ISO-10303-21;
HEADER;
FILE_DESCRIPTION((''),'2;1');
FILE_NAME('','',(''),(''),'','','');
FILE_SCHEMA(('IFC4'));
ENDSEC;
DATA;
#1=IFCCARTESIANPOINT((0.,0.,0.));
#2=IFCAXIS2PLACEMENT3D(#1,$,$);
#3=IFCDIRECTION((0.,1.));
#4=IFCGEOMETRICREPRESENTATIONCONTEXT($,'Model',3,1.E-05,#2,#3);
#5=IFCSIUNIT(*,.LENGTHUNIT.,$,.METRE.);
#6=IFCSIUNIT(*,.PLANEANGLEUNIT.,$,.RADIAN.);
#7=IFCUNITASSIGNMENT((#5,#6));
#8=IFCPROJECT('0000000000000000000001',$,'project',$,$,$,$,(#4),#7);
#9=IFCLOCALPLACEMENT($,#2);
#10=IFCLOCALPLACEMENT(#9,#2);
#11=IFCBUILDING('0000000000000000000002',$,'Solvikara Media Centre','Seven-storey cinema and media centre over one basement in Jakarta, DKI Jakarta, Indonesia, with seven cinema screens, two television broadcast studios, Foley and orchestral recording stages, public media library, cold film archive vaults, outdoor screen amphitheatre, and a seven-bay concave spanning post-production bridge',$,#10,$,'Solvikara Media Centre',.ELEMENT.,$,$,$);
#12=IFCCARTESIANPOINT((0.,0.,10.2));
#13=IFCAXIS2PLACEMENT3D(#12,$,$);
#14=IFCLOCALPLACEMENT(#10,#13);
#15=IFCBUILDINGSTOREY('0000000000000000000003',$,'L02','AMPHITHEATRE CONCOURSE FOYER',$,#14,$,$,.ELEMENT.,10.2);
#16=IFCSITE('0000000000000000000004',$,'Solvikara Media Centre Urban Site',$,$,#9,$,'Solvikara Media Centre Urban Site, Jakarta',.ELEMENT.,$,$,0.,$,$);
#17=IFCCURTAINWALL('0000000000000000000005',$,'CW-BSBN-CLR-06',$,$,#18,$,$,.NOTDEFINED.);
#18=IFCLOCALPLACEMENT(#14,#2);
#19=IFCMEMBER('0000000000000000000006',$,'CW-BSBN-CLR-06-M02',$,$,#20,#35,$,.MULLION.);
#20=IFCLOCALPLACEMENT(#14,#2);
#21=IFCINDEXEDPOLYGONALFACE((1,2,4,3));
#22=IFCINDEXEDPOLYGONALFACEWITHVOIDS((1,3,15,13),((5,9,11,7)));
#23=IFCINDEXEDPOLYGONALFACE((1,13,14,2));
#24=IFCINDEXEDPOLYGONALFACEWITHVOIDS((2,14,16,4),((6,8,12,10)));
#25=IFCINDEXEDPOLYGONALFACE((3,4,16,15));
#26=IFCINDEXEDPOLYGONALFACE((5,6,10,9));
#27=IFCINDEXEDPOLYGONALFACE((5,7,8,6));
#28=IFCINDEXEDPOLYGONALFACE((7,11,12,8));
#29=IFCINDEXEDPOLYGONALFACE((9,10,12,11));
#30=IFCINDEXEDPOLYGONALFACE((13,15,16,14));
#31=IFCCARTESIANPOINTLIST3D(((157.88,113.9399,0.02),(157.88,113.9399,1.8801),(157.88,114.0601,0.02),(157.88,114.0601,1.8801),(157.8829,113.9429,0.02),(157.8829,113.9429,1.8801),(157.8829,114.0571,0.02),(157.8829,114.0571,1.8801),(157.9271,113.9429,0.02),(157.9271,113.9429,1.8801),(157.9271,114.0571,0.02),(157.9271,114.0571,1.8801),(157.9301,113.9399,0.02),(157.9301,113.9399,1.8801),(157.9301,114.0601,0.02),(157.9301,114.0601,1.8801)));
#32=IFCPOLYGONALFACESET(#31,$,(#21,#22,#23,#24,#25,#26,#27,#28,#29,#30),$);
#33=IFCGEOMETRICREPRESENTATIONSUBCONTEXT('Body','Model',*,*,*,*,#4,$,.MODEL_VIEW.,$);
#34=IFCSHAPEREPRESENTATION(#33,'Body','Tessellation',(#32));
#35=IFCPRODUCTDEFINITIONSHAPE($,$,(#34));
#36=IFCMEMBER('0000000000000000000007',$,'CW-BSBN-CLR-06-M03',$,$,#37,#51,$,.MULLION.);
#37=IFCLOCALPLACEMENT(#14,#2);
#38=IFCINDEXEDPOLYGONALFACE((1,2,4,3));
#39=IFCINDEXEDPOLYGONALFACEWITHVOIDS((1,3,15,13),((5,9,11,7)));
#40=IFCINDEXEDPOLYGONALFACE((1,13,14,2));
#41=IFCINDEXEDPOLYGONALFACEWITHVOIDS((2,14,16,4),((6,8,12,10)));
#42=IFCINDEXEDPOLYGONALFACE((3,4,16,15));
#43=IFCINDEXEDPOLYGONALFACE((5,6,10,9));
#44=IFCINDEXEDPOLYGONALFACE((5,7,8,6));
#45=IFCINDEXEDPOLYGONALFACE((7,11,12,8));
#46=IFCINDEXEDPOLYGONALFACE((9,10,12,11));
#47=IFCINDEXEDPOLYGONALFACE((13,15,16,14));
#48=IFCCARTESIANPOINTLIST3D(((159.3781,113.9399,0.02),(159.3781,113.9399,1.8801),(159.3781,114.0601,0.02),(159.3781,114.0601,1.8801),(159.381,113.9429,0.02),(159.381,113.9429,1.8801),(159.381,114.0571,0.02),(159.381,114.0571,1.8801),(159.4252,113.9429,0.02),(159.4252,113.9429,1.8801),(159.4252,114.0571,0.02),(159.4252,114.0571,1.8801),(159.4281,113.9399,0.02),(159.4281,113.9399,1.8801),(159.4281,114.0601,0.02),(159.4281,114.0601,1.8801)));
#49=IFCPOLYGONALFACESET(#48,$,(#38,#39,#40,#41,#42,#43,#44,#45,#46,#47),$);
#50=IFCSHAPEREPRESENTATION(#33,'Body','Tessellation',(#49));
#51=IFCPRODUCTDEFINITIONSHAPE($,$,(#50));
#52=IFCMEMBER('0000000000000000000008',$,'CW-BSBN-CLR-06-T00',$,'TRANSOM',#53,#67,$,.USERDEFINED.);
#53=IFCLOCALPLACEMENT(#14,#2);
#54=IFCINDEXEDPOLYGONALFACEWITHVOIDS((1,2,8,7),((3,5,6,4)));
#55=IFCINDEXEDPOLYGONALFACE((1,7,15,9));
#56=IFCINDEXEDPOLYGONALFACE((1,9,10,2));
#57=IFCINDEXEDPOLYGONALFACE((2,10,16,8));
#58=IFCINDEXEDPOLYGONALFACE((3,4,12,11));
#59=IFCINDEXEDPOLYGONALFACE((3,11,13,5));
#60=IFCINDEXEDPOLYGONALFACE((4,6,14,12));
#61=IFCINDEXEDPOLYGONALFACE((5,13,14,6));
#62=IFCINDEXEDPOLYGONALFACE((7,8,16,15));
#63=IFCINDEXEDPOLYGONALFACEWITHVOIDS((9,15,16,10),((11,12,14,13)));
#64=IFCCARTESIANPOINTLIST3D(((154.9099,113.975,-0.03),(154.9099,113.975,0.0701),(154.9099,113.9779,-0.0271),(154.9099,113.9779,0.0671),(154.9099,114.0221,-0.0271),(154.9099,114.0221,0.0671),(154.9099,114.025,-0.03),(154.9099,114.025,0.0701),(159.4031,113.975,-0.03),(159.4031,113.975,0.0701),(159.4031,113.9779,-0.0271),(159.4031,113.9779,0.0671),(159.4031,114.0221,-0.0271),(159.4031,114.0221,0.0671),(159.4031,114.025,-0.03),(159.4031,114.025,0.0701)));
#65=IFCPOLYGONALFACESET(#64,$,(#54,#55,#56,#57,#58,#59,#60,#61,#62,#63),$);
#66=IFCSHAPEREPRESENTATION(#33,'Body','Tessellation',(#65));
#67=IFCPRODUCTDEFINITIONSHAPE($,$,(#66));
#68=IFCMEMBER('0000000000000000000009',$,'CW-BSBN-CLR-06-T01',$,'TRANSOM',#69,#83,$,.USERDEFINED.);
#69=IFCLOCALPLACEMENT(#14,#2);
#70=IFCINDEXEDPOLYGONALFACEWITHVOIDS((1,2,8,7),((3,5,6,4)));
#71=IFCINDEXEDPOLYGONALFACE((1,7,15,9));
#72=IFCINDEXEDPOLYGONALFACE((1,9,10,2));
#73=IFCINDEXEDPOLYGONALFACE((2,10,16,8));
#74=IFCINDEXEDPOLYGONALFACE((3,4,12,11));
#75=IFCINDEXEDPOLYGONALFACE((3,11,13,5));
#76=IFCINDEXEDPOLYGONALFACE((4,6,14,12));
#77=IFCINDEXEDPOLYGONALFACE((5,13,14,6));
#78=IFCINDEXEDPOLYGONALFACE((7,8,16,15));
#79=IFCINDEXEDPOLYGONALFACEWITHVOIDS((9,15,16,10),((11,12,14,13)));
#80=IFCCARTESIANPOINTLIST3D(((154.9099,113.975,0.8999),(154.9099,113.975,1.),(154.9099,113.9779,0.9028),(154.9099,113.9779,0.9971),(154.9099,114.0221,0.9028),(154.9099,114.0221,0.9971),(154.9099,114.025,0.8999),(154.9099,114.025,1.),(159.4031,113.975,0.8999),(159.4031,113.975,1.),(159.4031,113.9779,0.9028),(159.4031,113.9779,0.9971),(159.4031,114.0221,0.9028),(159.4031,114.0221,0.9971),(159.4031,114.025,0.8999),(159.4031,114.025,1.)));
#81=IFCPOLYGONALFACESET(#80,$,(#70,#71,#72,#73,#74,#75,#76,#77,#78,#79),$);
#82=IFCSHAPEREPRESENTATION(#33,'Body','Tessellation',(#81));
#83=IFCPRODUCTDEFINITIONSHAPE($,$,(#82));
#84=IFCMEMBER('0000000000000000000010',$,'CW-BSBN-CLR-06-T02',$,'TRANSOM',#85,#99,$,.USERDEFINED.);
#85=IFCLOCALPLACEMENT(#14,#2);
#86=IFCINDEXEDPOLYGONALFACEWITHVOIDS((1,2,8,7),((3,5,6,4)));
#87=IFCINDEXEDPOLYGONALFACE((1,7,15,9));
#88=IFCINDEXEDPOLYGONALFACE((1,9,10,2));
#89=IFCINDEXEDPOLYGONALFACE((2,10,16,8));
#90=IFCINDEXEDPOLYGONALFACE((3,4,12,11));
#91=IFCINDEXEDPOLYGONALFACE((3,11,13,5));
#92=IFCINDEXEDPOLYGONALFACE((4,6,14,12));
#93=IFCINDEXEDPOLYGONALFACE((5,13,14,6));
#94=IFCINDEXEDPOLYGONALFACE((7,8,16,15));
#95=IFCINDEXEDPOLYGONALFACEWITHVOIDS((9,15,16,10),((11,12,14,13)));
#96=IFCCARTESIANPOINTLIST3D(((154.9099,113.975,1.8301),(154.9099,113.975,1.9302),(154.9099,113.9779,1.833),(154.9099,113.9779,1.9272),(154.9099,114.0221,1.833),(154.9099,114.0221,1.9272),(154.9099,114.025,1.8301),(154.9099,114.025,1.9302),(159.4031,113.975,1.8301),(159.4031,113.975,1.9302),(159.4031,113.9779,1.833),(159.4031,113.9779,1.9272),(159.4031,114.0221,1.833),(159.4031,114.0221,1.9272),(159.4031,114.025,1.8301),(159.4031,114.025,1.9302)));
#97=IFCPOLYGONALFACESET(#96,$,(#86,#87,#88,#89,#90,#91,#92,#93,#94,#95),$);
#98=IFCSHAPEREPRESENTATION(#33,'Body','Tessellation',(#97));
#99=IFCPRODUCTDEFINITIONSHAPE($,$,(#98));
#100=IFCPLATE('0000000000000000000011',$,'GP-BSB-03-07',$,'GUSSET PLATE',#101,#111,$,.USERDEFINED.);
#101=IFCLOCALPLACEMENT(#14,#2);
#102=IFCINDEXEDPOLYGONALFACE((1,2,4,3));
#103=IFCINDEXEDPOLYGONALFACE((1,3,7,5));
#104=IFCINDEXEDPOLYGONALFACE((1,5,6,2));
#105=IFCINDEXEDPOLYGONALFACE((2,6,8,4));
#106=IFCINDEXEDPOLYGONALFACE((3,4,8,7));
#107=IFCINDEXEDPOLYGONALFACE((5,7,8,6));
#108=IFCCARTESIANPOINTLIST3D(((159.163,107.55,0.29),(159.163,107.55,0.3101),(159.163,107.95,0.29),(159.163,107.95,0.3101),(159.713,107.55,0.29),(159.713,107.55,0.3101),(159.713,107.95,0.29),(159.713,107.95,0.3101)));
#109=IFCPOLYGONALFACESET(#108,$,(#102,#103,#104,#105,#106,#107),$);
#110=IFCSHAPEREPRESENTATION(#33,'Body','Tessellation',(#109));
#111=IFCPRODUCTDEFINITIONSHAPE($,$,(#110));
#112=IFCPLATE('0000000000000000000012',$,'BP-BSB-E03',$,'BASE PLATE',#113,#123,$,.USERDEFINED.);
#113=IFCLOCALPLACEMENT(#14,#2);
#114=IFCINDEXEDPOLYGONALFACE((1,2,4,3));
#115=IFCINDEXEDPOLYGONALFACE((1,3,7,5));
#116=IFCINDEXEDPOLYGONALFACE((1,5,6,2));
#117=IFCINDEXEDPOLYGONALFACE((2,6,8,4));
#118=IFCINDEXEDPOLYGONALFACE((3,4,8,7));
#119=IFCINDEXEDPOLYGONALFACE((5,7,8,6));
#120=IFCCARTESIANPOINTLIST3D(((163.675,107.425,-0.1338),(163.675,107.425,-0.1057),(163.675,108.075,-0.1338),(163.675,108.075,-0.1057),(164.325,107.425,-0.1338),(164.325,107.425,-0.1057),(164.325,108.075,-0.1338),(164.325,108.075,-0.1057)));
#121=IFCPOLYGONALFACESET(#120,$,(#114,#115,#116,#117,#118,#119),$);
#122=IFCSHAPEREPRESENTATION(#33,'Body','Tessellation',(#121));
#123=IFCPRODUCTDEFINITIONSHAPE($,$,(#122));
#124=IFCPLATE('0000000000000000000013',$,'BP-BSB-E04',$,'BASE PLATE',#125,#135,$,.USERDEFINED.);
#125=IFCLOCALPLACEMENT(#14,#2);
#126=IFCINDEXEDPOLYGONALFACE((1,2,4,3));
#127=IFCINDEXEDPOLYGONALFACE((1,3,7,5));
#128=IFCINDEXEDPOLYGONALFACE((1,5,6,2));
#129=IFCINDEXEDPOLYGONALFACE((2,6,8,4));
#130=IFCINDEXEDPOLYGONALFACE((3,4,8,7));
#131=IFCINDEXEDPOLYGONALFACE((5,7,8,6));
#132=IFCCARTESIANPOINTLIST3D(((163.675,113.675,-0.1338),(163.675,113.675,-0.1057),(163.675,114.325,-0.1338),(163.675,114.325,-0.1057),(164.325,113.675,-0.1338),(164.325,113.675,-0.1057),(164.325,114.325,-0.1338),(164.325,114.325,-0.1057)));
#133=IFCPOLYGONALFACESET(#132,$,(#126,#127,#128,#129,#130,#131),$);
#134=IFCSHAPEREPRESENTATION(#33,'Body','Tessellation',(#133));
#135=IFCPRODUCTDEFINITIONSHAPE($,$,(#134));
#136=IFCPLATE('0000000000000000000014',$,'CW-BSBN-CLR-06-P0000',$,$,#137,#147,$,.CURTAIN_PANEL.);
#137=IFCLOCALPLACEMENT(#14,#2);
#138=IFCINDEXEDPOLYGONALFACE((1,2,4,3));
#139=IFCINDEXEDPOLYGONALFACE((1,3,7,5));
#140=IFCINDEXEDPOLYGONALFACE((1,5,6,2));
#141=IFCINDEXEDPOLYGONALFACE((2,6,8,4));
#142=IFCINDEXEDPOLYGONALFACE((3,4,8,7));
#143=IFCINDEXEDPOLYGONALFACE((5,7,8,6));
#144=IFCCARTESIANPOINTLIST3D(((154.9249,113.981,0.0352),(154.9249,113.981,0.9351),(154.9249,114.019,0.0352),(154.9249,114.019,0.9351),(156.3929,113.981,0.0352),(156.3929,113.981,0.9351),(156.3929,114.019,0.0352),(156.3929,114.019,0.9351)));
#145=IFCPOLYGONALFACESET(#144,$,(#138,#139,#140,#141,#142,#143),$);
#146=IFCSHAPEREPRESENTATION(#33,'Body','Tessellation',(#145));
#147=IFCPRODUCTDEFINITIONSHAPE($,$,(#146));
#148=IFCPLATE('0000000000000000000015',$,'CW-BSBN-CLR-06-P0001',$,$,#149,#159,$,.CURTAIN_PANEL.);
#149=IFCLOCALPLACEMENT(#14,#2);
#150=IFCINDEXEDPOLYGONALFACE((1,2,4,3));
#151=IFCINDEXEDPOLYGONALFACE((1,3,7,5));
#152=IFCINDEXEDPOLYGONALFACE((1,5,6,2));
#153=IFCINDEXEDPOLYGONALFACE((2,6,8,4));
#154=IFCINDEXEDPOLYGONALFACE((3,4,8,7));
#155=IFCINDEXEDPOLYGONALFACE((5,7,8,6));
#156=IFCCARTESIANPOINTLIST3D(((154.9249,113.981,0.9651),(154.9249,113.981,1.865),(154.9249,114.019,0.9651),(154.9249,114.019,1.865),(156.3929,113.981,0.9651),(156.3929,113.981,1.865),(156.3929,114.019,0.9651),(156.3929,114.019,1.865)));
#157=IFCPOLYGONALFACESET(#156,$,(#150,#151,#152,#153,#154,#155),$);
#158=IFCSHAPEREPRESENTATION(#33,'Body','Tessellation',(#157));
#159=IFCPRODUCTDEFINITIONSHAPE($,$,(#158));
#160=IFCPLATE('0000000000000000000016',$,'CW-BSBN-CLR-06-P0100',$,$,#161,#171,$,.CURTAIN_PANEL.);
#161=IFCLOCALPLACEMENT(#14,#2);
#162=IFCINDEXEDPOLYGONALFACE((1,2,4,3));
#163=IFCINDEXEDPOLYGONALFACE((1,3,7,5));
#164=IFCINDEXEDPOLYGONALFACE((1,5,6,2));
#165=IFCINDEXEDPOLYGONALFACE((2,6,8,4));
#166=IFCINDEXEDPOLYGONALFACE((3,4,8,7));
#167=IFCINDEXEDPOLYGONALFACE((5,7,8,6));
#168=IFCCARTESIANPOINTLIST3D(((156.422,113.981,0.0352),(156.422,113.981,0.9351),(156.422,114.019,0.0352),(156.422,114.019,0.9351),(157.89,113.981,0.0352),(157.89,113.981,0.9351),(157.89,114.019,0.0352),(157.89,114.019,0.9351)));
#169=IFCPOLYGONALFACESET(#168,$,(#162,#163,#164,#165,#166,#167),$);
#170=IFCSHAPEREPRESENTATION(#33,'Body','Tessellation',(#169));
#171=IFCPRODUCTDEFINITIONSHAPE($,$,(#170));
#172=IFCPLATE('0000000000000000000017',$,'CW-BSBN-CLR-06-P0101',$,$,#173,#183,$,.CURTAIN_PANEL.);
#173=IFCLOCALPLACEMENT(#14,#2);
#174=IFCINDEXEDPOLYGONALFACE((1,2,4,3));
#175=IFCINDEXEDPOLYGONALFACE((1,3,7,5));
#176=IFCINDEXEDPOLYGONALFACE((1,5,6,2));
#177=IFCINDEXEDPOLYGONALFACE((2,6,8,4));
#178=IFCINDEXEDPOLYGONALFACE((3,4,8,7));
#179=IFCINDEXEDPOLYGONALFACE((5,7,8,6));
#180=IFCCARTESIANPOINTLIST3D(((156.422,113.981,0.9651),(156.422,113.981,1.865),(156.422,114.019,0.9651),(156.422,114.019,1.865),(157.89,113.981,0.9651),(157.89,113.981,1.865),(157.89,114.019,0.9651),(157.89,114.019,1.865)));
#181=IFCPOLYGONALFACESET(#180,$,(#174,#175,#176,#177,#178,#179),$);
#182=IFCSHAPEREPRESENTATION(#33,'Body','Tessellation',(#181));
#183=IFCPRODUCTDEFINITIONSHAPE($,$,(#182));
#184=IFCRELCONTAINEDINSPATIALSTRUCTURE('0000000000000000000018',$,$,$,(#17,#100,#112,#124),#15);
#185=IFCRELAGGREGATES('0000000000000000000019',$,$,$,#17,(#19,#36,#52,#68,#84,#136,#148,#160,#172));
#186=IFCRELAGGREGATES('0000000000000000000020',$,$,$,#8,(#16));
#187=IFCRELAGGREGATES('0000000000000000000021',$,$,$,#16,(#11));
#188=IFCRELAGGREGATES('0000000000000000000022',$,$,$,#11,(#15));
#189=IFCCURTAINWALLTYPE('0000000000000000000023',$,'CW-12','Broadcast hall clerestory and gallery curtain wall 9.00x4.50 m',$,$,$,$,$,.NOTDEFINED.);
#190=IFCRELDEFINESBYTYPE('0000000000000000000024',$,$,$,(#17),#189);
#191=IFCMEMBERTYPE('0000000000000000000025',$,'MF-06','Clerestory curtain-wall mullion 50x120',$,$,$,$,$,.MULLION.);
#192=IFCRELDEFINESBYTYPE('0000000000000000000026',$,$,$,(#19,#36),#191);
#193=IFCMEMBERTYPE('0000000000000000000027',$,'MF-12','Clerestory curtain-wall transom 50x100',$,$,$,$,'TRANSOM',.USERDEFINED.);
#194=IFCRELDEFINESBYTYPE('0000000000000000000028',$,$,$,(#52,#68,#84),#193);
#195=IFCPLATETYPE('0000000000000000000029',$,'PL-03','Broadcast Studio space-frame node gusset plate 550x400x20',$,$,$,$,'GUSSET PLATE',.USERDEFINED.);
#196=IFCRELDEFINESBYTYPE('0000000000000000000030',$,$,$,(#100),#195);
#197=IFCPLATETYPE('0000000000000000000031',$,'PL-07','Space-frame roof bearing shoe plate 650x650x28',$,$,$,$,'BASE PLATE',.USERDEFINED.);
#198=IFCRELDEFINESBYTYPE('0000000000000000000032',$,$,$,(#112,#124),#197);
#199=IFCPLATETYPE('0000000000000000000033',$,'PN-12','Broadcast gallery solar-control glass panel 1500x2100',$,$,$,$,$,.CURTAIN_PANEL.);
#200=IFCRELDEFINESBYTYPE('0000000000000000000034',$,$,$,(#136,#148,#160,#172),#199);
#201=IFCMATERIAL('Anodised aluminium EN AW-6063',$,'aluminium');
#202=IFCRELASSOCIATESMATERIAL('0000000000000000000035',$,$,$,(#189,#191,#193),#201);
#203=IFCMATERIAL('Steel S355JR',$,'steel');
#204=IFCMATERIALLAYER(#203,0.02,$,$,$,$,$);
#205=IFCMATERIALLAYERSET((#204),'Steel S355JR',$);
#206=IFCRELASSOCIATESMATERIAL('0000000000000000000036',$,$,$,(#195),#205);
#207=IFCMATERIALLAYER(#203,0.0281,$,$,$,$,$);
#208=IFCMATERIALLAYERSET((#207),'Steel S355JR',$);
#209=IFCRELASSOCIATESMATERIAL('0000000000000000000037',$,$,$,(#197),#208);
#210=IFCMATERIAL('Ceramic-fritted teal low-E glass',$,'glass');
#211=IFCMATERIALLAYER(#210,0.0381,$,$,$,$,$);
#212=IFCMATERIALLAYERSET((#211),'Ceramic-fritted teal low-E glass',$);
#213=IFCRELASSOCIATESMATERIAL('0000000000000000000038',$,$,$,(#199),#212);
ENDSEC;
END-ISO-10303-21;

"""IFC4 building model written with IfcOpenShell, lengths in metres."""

from ifc_helpers import new_model, si_unit, direction, frame, origin, origin_2d, place, context, subcontext, project, spatial, rectangle, hollow_rectangle, extrude, material, layer, layer_set, material_profile, profile_set, type_object, element, aggregate, save


model = new_model("IFC4")

# Units and contexts
model_context = context("Model", 3, precision=1e-05, world=origin(), true_north=direction((0.0, 1.0)))
body_context = subcontext(model_context, "Body", "Model", "MODEL_VIEW")
ifc_project = project(units=[si_unit("LENGTHUNIT", "METRE"), si_unit("PLANEANGLEUNIT", "RADIAN")], contexts=[model_context])

# Site, building, storey
site_placement = place(None, origin())
site = spatial("IfcSite", under=ifc_project, at=site_placement, Name="Solvikara Media Centre Urban Site", LongName="Solvikara Media Centre Urban Site, Jakarta", CompositionType="ELEMENT", RefElevation=0.0)
building_placement = place(site_placement, origin())
building = spatial("IfcBuilding", under=site, at=building_placement, Name="Solvikara Media Centre", Description="Seven-storey cinema and media centre over one basement in Jakarta, DKI Jakarta, Indonesia, with seven cinema screens, two television broadcast studios, Foley and orchestral recording stages, public media library, cold film archive vaults, outdoor screen amphitheatre, and a seven-bay concave spanning post-production bridge", LongName="Solvikara Media Centre", CompositionType="ELEMENT")
storey_placement = place(building_placement, frame((0.0, 0.0, 10.2)))
storey = spatial("IfcBuildingStorey", under=building, at=storey_placement, Name="L02", Description="AMPHITHEATRE CONCOURSE FOYER", CompositionType="ELEMENT", Elevation=10.2)

# Shared definitions
ifc_material_1 = material(Name="Steel S355JR", Category="steel")

# Curtain wall, members
ifc_material_2 = material(Name="Anodised aluminium EN AW-6063", Category="aluminium")
curtain_wall_type = type_object("IfcCurtainWallType", Name="CW-12", Description="Broadcast hall clerestory and gallery curtain wall 9.00x4.50 m", PredefinedType="NOTDEFINED", material=ifc_material_2)
curtain_wall_placement = place(storey_placement, origin())
curtain_wall = element("IfcCurtainWall", 1, at=curtain_wall_placement, inside=storey, type_object=curtain_wall_type, Name="CW-BSBN-CLR-06", PredefinedType="NOTDEFINED")
ifc_material_profile_1 = material_profile(ifc_material_2, hollow_rectangle(XDim=0.05, YDim=0.1201, WallThickness=0.0029, at=origin_2d()), Name="ALU-M 50x120x3")
ifc_profile_set_1 = profile_set([ifc_material_profile_1], Name="Anodised aluminium EN AW-6063")
member_type_1 = type_object("IfcMemberType", Name="MF-06", Description="Clerestory curtain-wall mullion 50x120", PredefinedType="MULLION", material=ifc_profile_set_1)
member_1_placement = place(storey_placement, frame((157.905, 114.0, 0.02), z_axis=(0.0, 0.0, 1.0), x_axis=(1.0, 0.0, 0.0)))
member_1 = element("IfcMember", 2, at=member_1_placement, type_object=member_type_1, Name="CW-BSBN-CLR-06-M02", PredefinedType="MULLION", context=body_context, shape_type="SweptSolid", body=[
    extrude(hollow_rectangle(XDim=0.05, YDim=0.1201, WallThickness=0.0029, at=origin_2d()), origin(), (0.0, 0.0, 1.0), 1.8601),
])
member_2_placement = place(storey_placement, frame((159.4031, 114.0, 0.02), z_axis=(0.0, 0.0, 1.0), x_axis=(1.0, 0.0, 0.0)))
member_2 = element("IfcMember", 3, at=member_2_placement, type_object=member_type_1, Name="CW-BSBN-CLR-06-M03", PredefinedType="MULLION", context=body_context, shape_type="SweptSolid", body=[
    extrude(hollow_rectangle(XDim=0.05, YDim=0.1201, WallThickness=0.0029, at=origin_2d()), origin(), (0.0, 0.0, 1.0), 1.8601),
])
ifc_material_profile_2 = material_profile(ifc_material_2, hollow_rectangle(XDim=0.05, YDim=0.1001, WallThickness=0.0029, at=origin_2d()), Name="ALU-T 50x100x3")
ifc_profile_set_2 = profile_set([ifc_material_profile_2], Name="Anodised aluminium EN AW-6063")
member_type_2 = type_object("IfcMemberType", Name="MF-12", Description="Clerestory curtain-wall transom 50x100", ElementType="TRANSOM", PredefinedType="USERDEFINED", material=ifc_profile_set_2)
member_3_placement = place(storey_placement, frame((154.9099, 114.0, 0.02), z_axis=(1.0, 0.0, 0.0), x_axis=(0.0, 1.0, 0.0)))
member_3 = element("IfcMember", 4, at=member_3_placement, type_object=member_type_2, Name="CW-BSBN-CLR-06-T00", ObjectType="TRANSOM", PredefinedType="USERDEFINED", context=body_context, shape_type="SweptSolid", body=[
    extrude(hollow_rectangle(XDim=0.05, YDim=0.1001, WallThickness=0.0029, at=origin_2d()), origin(), (0.0, 0.0, 1.0), 4.4932),
])
member_4_placement = place(storey_placement, frame((154.9099, 114.0, 0.95), z_axis=(1.0, 0.0, 0.0), x_axis=(0.0, 1.0, 0.0)))
member_4 = element("IfcMember", 5, at=member_4_placement, type_object=member_type_2, Name="CW-BSBN-CLR-06-T01", ObjectType="TRANSOM", PredefinedType="USERDEFINED", context=body_context, shape_type="SweptSolid", body=[
    extrude(hollow_rectangle(XDim=0.05, YDim=0.1001, WallThickness=0.0029, at=origin_2d()), origin(), (0.0, 0.0, 1.0), 4.4932),
])
member_5_placement = place(storey_placement, frame((154.9099, 114.0, 1.8801), z_axis=(1.0, 0.0, 0.0), x_axis=(0.0, 1.0, 0.0)))
member_5 = element("IfcMember", 6, at=member_5_placement, type_object=member_type_2, Name="CW-BSBN-CLR-06-T02", ObjectType="TRANSOM", PredefinedType="USERDEFINED", context=body_context, shape_type="SweptSolid", body=[
    extrude(hollow_rectangle(XDim=0.05, YDim=0.1001, WallThickness=0.0029, at=origin_2d()), origin(), (0.0, 0.0, 1.0), 4.4932),
])

# Plates
ifc_layer_1 = layer(ifc_material_1, 0.02)
ifc_layer_set_1 = layer_set([ifc_layer_1], Name="Steel S355JR")
plate_type_1 = type_object("IfcPlateType", Name="PL-03", Description="Broadcast Studio space-frame node gusset plate 550x400x20", ElementType="GUSSET PLATE", PredefinedType="USERDEFINED", material=ifc_layer_set_1)
plate_1_placement = place(storey_placement, frame((159.438, 107.75, 0.29), z_axis=(0.0, 0.0, 1.0), x_axis=(1.0, 0.0, 0.0)))
element("IfcPlate", 7, at=plate_1_placement, inside=storey, type_object=plate_type_1, Name="GP-BSB-03-07", ObjectType="GUSSET PLATE", PredefinedType="USERDEFINED", context=body_context, shape_type="SweptSolid", body=[
    extrude(rectangle(XDim=0.55, YDim=0.3999, at=origin_2d()), origin(), (0.0, 0.0, 1.0), 0.02),
])
ifc_layer_2 = layer(ifc_material_1, 0.0281)
ifc_layer_set_2 = layer_set([ifc_layer_2], Name="Steel S355JR")
plate_type_2 = type_object("IfcPlateType", Name="PL-07", Description="Space-frame roof bearing shoe plate 650x650x28", ElementType="BASE PLATE", PredefinedType="USERDEFINED", material=ifc_layer_set_2)
for number, where, z_axis, x_axis, name in (
    (8, (164.0, 107.75, -0.1338), (0.0, 0.0, 1.0), (1.0, 0.0, 0.0), "BP-BSB-E03"),
    (9, (164.0, 114.0, -0.1338), (0.0, 0.0, 1.0), (1.0, 0.0, 0.0), "BP-BSB-E04"),
):
    element("IfcPlate", number, at=place(storey_placement, frame(where, z_axis=z_axis, x_axis=x_axis)), inside=storey, type_object=plate_type_2, Name=name, ObjectType="BASE PLATE", PredefinedType="USERDEFINED", context=body_context, shape_type="SweptSolid", body=[
        extrude(rectangle(XDim=0.6499, YDim=0.6499, at=origin_2d()), origin(), (0.0, 0.0, 1.0), 0.0281),
    ])

# Plates
ifc_material_3 = material(Name="Ceramic-fritted teal low-E glass", Category="glass")
ifc_layer_3 = layer(ifc_material_3, 0.0381)
ifc_layer_set_3 = layer_set([ifc_layer_3], Name="Ceramic-fritted teal low-E glass")
plate_type_3 = type_object("IfcPlateType", Name="PN-12", Description="Broadcast gallery solar-control glass panel 1500x2100", PredefinedType="CURTAIN_PANEL", material=ifc_layer_set_3)
plate_2_placement = place(storey_placement, frame((155.6589, 114.0, 0.0352), z_axis=(0.0, 0.0, 1.0), x_axis=(1.0, 0.0, 0.0)))
plate_2 = element("IfcPlate", 10, at=plate_2_placement, type_object=plate_type_3, Name="CW-BSBN-CLR-06-P0000", PredefinedType="CURTAIN_PANEL", context=body_context, shape_type="SweptSolid", body=[
    extrude(rectangle(XDim=1.468, YDim=0.0381, at=origin_2d()), origin(), (0.0, 0.0, 1.0), 0.8999),
])
plate_3_placement = place(storey_placement, frame((155.6589, 114.0, 0.9651), z_axis=(0.0, 0.0, 1.0), x_axis=(1.0, 0.0, 0.0)))
plate_3 = element("IfcPlate", 11, at=plate_3_placement, type_object=plate_type_3, Name="CW-BSBN-CLR-06-P0001", PredefinedType="CURTAIN_PANEL", context=body_context, shape_type="SweptSolid", body=[
    extrude(rectangle(XDim=1.468, YDim=0.0381, at=origin_2d()), origin(), (0.0, 0.0, 1.0), 0.8999),
])
plate_4_placement = place(storey_placement, frame((157.156, 114.0, 0.0352), z_axis=(0.0, 0.0, 1.0), x_axis=(1.0, 0.0, 0.0)))
plate_4 = element("IfcPlate", 12, at=plate_4_placement, type_object=plate_type_3, Name="CW-BSBN-CLR-06-P0100", PredefinedType="CURTAIN_PANEL", context=body_context, shape_type="SweptSolid", body=[
    extrude(rectangle(XDim=1.468, YDim=0.0381, at=origin_2d()), origin(), (0.0, 0.0, 1.0), 0.8999),
])
plate_5_placement = place(storey_placement, frame((157.156, 114.0, 0.9651), z_axis=(0.0, 0.0, 1.0), x_axis=(1.0, 0.0, 0.0)))
plate_5 = element("IfcPlate", 13, at=plate_5_placement, type_object=plate_type_3, Name="CW-BSBN-CLR-06-P0101", PredefinedType="CURTAIN_PANEL", context=body_context, shape_type="SweptSolid", body=[
    extrude(rectangle(XDim=1.468, YDim=0.0381, at=origin_2d()), origin(), (0.0, 0.0, 1.0), 0.8999),
])
aggregate(curtain_wall, [member_1, member_2, member_3, member_4, member_5, plate_2, plate_3, plate_4, plate_5])

save(model, "model.ifc")
